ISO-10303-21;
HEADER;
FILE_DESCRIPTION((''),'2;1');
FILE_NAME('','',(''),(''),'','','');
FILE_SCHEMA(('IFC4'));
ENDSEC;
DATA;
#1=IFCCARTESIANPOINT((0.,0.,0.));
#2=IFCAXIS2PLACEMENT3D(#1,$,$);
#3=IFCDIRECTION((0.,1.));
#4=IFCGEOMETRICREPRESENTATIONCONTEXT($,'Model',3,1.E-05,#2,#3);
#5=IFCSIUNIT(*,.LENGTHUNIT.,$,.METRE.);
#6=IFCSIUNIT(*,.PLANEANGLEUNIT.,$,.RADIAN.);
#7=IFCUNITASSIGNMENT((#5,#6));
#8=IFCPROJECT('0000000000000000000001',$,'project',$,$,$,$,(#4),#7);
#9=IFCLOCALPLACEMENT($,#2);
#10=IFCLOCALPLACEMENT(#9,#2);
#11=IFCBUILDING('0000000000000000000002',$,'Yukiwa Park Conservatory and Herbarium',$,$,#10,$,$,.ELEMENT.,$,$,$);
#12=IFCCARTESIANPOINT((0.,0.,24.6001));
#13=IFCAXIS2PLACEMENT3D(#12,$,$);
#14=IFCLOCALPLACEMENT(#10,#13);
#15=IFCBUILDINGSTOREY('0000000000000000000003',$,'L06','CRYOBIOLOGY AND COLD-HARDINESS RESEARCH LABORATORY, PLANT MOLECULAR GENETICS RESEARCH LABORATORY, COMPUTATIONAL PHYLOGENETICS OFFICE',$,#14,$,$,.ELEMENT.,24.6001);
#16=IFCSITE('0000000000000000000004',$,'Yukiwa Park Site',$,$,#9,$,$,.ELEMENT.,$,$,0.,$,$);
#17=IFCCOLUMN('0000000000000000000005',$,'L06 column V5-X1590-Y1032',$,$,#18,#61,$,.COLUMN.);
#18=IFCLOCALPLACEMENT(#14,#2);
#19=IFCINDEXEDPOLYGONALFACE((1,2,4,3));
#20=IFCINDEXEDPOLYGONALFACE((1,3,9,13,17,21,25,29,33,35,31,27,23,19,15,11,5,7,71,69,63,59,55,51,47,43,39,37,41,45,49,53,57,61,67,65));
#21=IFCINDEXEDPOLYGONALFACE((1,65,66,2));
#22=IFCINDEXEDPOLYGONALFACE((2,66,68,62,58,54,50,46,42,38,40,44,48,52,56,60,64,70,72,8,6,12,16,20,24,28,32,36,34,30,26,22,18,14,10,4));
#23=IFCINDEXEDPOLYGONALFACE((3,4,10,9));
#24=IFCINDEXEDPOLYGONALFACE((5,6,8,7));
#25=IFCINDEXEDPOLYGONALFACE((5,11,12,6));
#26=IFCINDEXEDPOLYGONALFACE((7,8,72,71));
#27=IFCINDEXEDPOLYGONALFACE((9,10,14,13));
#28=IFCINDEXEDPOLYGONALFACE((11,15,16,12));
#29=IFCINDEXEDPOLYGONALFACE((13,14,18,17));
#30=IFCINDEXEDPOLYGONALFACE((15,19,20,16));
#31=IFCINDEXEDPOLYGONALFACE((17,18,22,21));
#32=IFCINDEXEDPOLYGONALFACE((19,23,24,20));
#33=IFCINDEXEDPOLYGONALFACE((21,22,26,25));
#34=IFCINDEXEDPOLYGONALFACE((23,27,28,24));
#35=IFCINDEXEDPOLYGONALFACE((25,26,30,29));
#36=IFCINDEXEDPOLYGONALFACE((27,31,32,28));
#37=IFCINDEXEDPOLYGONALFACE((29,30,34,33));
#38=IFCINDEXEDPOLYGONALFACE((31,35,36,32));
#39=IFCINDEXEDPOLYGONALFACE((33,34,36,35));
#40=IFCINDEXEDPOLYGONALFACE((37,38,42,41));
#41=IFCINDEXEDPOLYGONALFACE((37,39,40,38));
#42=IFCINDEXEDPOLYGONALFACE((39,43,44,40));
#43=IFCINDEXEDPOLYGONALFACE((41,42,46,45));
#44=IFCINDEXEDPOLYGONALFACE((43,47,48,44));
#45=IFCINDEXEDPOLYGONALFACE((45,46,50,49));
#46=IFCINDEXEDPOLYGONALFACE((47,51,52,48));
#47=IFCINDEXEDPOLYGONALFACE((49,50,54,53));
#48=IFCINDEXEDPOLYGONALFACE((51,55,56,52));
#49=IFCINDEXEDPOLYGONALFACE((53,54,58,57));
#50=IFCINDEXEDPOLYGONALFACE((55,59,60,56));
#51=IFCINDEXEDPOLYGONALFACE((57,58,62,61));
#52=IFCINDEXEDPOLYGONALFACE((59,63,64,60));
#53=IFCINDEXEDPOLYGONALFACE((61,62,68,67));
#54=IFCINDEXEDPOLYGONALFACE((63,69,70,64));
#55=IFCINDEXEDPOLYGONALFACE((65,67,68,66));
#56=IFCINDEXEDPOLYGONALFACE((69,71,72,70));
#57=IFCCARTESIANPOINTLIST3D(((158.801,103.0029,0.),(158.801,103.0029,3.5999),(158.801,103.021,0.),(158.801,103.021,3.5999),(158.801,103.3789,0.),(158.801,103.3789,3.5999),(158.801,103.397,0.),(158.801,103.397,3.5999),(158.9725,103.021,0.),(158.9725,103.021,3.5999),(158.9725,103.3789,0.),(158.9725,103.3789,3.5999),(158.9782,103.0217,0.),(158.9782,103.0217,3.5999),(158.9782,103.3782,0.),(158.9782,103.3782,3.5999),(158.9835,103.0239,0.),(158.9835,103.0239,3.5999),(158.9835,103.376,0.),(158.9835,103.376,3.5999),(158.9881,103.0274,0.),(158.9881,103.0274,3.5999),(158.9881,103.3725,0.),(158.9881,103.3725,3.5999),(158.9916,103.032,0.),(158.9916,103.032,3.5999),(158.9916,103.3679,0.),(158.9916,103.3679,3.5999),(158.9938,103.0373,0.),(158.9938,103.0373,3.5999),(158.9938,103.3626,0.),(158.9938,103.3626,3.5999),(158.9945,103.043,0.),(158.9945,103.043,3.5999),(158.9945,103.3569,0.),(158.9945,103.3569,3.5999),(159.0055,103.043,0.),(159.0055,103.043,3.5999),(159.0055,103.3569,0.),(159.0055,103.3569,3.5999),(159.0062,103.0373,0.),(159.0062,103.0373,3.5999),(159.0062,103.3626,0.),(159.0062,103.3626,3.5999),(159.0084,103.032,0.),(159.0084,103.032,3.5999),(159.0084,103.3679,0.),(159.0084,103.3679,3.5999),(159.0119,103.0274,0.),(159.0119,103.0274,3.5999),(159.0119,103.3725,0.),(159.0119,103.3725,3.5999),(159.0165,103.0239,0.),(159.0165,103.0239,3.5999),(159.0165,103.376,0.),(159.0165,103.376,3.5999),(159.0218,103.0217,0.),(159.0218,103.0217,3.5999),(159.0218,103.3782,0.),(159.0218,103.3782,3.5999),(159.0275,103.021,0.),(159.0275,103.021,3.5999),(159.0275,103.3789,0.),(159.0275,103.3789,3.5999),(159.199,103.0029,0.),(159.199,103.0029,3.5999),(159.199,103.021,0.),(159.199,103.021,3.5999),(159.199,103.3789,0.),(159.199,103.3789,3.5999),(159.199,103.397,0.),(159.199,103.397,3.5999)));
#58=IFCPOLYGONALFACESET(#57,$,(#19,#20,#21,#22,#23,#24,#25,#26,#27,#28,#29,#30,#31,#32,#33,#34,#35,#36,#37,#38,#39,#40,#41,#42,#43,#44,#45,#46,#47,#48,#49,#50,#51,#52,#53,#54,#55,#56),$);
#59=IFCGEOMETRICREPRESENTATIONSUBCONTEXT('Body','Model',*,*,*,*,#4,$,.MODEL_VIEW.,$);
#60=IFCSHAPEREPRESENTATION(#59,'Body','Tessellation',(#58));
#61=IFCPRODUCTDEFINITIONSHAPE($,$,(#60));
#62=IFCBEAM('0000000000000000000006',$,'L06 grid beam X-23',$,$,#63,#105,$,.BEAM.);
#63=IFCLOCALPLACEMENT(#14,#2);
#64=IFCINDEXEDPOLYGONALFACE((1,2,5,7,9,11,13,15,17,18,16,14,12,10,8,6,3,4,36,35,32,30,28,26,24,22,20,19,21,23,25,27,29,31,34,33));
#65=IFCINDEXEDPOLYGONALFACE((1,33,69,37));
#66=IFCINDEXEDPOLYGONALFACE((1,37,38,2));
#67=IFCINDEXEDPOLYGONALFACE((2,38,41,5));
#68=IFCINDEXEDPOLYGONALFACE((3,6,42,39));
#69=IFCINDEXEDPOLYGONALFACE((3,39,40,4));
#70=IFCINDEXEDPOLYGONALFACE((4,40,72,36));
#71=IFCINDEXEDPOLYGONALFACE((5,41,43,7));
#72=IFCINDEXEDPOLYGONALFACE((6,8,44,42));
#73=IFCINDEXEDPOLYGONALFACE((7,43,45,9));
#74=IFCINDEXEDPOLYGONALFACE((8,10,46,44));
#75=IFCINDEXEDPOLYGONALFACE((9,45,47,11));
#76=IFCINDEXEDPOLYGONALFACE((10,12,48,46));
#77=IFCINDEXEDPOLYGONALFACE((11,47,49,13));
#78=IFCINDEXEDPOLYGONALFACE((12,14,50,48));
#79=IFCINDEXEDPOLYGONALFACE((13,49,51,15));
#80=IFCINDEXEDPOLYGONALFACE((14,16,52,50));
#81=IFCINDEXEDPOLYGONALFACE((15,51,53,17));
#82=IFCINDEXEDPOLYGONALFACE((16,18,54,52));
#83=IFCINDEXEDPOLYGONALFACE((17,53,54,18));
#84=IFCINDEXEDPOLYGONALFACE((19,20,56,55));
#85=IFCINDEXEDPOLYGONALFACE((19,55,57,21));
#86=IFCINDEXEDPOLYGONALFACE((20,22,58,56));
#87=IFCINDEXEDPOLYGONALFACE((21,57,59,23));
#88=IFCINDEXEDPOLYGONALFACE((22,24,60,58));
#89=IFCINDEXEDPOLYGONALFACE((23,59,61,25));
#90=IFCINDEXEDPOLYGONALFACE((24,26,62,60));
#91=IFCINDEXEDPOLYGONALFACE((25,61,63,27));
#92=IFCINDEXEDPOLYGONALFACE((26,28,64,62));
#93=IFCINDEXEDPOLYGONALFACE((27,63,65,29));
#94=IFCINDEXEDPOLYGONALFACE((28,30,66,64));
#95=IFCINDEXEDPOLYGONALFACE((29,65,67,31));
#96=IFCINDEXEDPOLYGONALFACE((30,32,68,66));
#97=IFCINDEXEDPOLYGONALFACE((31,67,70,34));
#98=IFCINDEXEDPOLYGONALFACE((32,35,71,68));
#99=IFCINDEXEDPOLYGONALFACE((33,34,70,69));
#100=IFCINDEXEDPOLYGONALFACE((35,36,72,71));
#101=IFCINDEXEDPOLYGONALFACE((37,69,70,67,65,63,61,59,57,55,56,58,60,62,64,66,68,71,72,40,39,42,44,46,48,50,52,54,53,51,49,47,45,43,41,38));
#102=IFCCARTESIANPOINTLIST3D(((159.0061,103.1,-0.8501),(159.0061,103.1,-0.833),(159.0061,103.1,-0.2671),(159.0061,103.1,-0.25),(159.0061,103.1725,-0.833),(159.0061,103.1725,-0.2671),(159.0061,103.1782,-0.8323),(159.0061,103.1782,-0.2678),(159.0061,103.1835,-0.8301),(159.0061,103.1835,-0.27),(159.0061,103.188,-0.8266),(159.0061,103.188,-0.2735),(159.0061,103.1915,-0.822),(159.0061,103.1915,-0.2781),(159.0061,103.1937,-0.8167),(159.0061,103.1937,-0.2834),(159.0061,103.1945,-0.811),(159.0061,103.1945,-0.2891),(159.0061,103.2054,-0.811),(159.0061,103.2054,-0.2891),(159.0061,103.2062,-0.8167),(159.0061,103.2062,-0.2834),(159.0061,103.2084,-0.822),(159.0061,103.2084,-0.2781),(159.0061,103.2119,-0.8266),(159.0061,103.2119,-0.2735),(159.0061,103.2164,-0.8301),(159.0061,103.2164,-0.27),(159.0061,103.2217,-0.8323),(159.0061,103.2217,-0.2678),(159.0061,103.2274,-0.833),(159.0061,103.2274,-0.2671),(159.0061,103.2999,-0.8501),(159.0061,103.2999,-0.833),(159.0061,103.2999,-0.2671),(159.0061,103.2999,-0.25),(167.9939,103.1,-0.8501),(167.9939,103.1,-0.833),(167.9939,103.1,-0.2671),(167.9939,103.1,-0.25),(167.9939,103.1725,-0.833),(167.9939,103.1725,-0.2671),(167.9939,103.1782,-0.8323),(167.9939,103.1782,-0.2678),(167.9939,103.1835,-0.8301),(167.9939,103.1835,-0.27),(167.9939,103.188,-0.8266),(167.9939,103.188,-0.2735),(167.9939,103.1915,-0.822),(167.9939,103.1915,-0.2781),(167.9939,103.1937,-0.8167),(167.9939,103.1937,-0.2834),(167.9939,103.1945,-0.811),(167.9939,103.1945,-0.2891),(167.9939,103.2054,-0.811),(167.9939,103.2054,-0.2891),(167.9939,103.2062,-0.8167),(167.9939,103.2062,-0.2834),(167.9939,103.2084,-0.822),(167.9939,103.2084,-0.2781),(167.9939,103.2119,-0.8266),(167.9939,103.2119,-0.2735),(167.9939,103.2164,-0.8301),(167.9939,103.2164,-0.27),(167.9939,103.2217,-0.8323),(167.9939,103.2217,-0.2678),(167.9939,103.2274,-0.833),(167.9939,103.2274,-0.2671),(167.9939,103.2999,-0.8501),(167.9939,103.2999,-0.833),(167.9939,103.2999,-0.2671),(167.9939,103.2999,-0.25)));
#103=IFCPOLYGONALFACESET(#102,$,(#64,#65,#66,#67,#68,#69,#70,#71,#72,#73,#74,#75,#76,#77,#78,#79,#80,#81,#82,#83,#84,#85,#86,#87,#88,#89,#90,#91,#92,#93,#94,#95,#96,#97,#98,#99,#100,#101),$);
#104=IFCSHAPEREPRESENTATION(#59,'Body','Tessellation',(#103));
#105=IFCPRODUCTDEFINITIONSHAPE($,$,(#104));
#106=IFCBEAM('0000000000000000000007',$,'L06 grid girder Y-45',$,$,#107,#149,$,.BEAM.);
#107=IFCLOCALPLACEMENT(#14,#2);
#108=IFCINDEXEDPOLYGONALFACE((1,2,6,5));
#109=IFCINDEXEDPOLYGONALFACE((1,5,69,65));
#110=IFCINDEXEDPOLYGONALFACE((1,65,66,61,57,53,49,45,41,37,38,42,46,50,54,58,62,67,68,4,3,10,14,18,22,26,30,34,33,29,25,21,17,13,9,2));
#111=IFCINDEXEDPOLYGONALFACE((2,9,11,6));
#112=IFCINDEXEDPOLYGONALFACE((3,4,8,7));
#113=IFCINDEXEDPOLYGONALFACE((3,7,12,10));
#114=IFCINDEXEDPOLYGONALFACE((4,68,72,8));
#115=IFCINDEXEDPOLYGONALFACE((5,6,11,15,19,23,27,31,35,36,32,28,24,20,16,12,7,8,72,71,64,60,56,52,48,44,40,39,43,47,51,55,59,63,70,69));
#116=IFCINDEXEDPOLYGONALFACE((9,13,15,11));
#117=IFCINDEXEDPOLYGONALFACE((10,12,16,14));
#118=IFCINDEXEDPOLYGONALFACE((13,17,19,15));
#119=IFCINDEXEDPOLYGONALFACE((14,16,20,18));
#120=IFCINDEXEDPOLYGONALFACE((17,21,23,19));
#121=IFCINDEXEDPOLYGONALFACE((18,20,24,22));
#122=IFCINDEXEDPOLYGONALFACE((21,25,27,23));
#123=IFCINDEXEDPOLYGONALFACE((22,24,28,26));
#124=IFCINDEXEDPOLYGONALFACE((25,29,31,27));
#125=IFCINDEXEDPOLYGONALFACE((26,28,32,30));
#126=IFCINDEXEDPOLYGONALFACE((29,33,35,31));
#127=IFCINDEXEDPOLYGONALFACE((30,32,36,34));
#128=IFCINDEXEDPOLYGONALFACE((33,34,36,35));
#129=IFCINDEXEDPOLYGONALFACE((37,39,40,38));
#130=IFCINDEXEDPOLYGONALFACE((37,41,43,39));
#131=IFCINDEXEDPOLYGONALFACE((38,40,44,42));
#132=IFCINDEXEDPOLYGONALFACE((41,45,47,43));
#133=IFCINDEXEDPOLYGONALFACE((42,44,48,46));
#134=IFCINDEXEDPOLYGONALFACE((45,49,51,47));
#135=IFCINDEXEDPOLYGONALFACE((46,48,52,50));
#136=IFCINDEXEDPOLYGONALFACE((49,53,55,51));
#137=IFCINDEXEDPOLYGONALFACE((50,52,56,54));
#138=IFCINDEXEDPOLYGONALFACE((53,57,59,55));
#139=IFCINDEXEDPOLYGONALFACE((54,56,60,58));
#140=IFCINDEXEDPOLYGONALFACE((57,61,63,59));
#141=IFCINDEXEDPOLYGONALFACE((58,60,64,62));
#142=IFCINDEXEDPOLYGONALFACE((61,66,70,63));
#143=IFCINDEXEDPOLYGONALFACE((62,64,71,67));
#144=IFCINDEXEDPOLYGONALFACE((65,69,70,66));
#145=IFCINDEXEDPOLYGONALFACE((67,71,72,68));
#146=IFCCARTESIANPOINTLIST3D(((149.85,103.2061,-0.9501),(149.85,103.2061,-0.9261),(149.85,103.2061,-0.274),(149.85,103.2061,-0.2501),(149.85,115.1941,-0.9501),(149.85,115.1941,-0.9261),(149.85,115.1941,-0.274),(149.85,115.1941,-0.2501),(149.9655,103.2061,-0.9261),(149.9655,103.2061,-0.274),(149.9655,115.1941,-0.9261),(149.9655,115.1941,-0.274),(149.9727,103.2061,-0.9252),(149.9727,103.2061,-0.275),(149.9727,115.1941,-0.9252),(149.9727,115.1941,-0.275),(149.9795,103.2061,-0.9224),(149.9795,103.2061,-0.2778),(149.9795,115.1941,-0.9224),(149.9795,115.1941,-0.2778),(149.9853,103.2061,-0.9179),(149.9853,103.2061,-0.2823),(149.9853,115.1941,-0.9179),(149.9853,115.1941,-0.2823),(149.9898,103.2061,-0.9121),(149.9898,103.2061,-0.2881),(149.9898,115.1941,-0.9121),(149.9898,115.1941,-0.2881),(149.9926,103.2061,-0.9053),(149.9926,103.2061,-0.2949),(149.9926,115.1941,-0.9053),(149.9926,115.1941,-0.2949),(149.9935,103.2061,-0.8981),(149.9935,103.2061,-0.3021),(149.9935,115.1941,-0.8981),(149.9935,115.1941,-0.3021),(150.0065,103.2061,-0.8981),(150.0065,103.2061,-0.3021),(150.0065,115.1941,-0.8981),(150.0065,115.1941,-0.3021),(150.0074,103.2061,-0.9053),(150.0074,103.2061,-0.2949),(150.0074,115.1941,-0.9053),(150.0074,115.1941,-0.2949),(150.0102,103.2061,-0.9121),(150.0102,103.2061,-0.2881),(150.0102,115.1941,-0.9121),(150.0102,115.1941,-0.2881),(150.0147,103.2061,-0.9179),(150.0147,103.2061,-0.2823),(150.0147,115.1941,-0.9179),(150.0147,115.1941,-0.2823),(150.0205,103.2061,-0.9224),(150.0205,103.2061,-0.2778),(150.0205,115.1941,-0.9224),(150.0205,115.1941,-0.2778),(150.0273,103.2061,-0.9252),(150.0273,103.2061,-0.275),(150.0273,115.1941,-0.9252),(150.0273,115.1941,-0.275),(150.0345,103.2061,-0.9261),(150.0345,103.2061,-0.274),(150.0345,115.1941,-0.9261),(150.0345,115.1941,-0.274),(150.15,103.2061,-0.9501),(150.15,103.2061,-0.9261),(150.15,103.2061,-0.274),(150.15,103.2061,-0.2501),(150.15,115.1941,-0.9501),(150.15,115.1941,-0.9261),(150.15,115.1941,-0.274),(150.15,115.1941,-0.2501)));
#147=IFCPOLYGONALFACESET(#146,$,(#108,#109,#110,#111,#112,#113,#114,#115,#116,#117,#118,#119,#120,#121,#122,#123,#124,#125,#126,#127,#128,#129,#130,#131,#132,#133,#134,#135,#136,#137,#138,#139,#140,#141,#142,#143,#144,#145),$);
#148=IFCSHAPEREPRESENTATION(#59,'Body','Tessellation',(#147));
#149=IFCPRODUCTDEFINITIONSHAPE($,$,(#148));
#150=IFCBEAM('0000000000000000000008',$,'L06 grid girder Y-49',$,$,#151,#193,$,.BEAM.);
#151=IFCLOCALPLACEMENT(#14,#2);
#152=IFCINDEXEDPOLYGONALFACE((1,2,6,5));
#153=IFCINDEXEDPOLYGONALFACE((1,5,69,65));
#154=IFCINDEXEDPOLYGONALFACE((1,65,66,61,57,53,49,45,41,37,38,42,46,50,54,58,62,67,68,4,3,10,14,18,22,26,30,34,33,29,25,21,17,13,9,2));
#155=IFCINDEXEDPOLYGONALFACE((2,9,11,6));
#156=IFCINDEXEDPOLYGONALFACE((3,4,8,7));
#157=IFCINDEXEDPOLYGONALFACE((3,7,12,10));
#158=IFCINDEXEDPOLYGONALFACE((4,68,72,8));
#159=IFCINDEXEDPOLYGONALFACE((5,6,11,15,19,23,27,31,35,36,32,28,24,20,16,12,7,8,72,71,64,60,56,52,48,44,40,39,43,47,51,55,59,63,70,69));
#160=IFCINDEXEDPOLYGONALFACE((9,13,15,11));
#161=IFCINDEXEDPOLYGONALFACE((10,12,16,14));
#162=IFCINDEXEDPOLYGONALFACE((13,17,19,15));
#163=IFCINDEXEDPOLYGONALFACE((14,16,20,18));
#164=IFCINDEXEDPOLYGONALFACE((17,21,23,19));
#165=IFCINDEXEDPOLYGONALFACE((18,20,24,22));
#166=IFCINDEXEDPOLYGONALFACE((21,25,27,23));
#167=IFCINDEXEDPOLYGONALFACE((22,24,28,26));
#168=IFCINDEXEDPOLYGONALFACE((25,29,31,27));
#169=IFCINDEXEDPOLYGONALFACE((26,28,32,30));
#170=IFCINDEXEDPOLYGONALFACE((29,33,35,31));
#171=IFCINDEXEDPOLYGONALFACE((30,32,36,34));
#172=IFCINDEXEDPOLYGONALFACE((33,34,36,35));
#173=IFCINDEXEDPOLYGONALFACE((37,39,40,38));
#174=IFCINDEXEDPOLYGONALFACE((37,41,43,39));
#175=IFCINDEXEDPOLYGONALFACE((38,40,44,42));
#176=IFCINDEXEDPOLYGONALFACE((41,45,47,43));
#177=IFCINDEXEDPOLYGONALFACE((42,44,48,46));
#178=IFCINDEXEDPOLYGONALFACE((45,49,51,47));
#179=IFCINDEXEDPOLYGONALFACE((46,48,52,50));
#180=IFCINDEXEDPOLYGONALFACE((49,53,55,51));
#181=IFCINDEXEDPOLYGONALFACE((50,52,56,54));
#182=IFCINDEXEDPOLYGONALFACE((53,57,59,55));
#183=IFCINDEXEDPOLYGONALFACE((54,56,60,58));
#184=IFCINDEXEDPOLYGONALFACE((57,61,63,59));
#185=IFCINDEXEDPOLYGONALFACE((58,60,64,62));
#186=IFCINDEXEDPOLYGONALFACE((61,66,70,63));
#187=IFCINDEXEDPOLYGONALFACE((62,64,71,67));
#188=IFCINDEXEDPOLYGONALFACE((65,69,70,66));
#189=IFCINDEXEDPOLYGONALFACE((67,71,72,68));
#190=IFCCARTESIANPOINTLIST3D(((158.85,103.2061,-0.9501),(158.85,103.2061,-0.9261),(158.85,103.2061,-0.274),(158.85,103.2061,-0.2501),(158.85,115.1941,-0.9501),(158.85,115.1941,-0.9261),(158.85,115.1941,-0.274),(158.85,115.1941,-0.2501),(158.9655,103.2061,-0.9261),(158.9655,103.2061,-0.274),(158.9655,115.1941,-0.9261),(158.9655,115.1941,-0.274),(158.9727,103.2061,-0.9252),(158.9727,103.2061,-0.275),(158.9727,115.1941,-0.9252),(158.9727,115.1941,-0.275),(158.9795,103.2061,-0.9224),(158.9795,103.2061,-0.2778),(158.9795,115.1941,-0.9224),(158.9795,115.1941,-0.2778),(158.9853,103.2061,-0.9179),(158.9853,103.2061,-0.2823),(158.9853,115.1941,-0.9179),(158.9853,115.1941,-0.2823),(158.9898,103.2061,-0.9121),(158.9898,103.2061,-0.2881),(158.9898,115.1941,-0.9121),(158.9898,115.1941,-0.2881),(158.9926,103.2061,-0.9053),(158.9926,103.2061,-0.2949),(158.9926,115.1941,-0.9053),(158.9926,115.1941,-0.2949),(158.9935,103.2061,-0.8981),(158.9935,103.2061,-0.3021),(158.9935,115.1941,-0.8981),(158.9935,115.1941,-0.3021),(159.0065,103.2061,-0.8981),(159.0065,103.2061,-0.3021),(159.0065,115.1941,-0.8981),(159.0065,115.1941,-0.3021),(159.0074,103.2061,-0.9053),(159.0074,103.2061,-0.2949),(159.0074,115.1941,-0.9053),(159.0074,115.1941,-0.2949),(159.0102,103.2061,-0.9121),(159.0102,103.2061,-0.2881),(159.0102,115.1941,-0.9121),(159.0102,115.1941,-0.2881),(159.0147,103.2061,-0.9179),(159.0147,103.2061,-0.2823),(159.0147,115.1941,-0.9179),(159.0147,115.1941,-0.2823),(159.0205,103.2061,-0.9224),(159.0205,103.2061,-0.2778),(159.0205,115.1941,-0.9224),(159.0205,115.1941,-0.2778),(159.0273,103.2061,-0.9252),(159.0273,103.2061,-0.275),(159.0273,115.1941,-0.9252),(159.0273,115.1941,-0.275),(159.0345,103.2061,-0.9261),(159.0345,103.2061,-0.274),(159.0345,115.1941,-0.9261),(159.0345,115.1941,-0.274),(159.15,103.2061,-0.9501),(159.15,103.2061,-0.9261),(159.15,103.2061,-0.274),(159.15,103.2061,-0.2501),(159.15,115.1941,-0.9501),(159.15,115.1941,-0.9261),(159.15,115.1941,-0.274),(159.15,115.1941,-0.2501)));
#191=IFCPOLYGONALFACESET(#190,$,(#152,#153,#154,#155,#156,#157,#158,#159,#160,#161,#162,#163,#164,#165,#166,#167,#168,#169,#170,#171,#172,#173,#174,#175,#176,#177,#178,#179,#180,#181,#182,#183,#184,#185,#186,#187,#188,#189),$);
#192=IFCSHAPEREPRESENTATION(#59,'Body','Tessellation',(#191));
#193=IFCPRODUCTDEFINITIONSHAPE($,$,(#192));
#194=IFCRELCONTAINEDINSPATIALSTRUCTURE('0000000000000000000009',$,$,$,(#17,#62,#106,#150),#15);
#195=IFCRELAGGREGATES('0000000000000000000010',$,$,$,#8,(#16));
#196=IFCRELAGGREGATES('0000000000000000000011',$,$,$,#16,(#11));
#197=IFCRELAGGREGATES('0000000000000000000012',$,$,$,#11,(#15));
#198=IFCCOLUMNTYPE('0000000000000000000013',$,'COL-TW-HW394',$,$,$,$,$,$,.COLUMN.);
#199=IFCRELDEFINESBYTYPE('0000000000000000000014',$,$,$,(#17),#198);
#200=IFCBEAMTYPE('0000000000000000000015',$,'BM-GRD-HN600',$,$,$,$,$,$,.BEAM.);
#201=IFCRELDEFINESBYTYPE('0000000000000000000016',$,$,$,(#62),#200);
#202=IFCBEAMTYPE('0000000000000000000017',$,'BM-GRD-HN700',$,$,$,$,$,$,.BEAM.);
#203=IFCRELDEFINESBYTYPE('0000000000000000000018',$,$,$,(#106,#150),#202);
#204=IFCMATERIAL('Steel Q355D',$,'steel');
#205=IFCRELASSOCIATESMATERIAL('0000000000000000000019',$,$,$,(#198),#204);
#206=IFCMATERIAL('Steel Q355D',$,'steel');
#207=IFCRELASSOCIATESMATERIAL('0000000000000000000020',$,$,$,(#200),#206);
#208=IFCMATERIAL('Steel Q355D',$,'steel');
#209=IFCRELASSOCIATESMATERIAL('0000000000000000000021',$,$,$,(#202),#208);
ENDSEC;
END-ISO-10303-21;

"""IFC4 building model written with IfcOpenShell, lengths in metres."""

from ifc_helpers import new_model, si_unit, direction, frame, origin, origin_2d, place, context, subcontext, project, spatial, i_section, extrude, material, material_profile, profile_set, type_object, element, save


model = new_model("IFC4")

# Units and contexts
model_context = context("Model", 3, precision=1e-05, world=origin(), true_north=direction((0.0, 1.0)))
body_context = subcontext(model_context, "Body", "Model", "MODEL_VIEW")
ifc_project = project(units=[si_unit("LENGTHUNIT", "METRE"), si_unit("PLANEANGLEUNIT", "RADIAN")], contexts=[model_context])

# Site, building, storey
site_placement = place(None, origin())
site = spatial("IfcSite", under=ifc_project, at=site_placement, Name="Yukiwa Park Site", CompositionType="ELEMENT", RefElevation=0.0)
building_placement = place(site_placement, origin())
building = spatial("IfcBuilding", under=site, at=building_placement, Name="Yukiwa Park Conservatory and Herbarium", CompositionType="ELEMENT")
storey_placement = place(building_placement, frame((0.0, 0.0, 24.6001)))
storey = spatial("IfcBuildingStorey", under=building, at=storey_placement, Name="L06", Description="CRYOBIOLOGY AND COLD-HARDINESS RESEARCH LABORATORY, PLANT MOLECULAR GENETICS RESEARCH LABORATORY, COMPUTATIONAL PHYLOGENETICS OFFICE", CompositionType="ELEMENT", Elevation=24.6001)

# Column
ifc_material_1 = material(Name="Steel Q355D", Category="steel")
ifc_material_profile_1 = material_profile(ifc_material_1, i_section(OverallWidth=0.3979, OverallDepth=0.394, WebThickness=0.011, FlangeThickness=0.0181, FilletRadius=0.022, at=origin_2d()), Name="HW 394x398x11x18")
ifc_profile_set_1 = profile_set([ifc_material_profile_1], Name="Steel Q355D")
column_type_1 = type_object("IfcColumnType", Name="COL-TW-HW394", PredefinedType="COLUMN", material=ifc_profile_set_1)
for number, where, z_axis, x_axis, name in (
    (1, (159.0, 103.2, 0.0), (0.0, 0.0, 1.0), (1.0, 0.0, 0.0), "L06 column V5-X1590-Y1032"),
):
    element("IfcColumn", number, at=place(storey_placement, frame(where, z_axis=z_axis, x_axis=x_axis)), inside=storey, type_object=column_type_1, Name=name, PredefinedType="COLUMN", context=body_context, shape_type="SweptSolid", body=[
        extrude(i_section(OverallWidth=0.3979, OverallDepth=0.394, WebThickness=0.011, FlangeThickness=0.0181, FilletRadius=0.022, at=origin_2d()), origin(), (0.0, 0.0, 1.0), 3.5999),
    ])

# Beams
ifc_material_2 = material(Name="Steel Q355D", Category="steel")
ifc_material_profile_2 = material_profile(ifc_material_2, i_section(OverallWidth=0.2, OverallDepth=0.6001, WebThickness=0.011, FlangeThickness=0.0171, FilletRadius=0.022, at=origin_2d()), Name="HN 600x200x11x17")
ifc_profile_set_2 = profile_set([ifc_material_profile_2], Name="Steel Q355D")
beam_type_1 = type_object("IfcBeamType", Name="BM-GRD-HN600", PredefinedType="BEAM", material=ifc_profile_set_2)
beam_placement = place(storey_placement, frame((159.0061, 103.2, -0.55), z_axis=(1.0, 0.0, 0.0), x_axis=(0.0, 1.0, 0.0)))
element("IfcBeam", 2, at=beam_placement, inside=storey, type_object=beam_type_1, Name="L06 grid beam X-23", PredefinedType="BEAM", context=body_context, shape_type="SweptSolid", body=[
    extrude(i_section(OverallWidth=0.2, OverallDepth=0.6001, WebThickness=0.011, FlangeThickness=0.0171, FilletRadius=0.022, at=origin_2d()), origin(), (0.0, 0.0, 1.0), 8.9878),
])
ifc_material_3 = material(Name="Steel Q355D", Category="steel")
ifc_material_profile_3 = material_profile(ifc_material_3, i_section(OverallWidth=0.3, OverallDepth=0.7, WebThickness=0.0129, FlangeThickness=0.0239, FilletRadius=0.0281, at=origin_2d()), Name="HN 700x300x13x24")
ifc_profile_set_3 = profile_set([ifc_material_profile_3], Name="Steel Q355D")
beam_type_2 = type_object("IfcBeamType", Name="BM-GRD-HN700", PredefinedType="BEAM", material=ifc_profile_set_3)
for number, where, z_axis, x_axis, name in (
    (3, (150.0, 103.2061, -0.6001), (0.0, 1.0, 0.0), (-1.0, 0.0, 0.0), "L06 grid girder Y-45"),
    (4, (159.0, 103.2061, -0.6001), (0.0, 1.0, 0.0), (-1.0, 0.0, 0.0), "L06 grid girder Y-49"),
):
    element("IfcBeam", number, at=place(storey_placement, frame(where, z_axis=z_axis, x_axis=x_axis)), inside=storey, type_object=beam_type_2, Name=name, PredefinedType="BEAM", context=body_context, shape_type="SweptSolid", body=[
        extrude(i_section(OverallWidth=0.3, OverallDepth=0.7, WebThickness=0.0129, FlangeThickness=0.0239, FilletRadius=0.0281, at=origin_2d()), origin(), (0.0, 0.0, 1.0), 11.988),
    ])

save(model, "model.ifc")
